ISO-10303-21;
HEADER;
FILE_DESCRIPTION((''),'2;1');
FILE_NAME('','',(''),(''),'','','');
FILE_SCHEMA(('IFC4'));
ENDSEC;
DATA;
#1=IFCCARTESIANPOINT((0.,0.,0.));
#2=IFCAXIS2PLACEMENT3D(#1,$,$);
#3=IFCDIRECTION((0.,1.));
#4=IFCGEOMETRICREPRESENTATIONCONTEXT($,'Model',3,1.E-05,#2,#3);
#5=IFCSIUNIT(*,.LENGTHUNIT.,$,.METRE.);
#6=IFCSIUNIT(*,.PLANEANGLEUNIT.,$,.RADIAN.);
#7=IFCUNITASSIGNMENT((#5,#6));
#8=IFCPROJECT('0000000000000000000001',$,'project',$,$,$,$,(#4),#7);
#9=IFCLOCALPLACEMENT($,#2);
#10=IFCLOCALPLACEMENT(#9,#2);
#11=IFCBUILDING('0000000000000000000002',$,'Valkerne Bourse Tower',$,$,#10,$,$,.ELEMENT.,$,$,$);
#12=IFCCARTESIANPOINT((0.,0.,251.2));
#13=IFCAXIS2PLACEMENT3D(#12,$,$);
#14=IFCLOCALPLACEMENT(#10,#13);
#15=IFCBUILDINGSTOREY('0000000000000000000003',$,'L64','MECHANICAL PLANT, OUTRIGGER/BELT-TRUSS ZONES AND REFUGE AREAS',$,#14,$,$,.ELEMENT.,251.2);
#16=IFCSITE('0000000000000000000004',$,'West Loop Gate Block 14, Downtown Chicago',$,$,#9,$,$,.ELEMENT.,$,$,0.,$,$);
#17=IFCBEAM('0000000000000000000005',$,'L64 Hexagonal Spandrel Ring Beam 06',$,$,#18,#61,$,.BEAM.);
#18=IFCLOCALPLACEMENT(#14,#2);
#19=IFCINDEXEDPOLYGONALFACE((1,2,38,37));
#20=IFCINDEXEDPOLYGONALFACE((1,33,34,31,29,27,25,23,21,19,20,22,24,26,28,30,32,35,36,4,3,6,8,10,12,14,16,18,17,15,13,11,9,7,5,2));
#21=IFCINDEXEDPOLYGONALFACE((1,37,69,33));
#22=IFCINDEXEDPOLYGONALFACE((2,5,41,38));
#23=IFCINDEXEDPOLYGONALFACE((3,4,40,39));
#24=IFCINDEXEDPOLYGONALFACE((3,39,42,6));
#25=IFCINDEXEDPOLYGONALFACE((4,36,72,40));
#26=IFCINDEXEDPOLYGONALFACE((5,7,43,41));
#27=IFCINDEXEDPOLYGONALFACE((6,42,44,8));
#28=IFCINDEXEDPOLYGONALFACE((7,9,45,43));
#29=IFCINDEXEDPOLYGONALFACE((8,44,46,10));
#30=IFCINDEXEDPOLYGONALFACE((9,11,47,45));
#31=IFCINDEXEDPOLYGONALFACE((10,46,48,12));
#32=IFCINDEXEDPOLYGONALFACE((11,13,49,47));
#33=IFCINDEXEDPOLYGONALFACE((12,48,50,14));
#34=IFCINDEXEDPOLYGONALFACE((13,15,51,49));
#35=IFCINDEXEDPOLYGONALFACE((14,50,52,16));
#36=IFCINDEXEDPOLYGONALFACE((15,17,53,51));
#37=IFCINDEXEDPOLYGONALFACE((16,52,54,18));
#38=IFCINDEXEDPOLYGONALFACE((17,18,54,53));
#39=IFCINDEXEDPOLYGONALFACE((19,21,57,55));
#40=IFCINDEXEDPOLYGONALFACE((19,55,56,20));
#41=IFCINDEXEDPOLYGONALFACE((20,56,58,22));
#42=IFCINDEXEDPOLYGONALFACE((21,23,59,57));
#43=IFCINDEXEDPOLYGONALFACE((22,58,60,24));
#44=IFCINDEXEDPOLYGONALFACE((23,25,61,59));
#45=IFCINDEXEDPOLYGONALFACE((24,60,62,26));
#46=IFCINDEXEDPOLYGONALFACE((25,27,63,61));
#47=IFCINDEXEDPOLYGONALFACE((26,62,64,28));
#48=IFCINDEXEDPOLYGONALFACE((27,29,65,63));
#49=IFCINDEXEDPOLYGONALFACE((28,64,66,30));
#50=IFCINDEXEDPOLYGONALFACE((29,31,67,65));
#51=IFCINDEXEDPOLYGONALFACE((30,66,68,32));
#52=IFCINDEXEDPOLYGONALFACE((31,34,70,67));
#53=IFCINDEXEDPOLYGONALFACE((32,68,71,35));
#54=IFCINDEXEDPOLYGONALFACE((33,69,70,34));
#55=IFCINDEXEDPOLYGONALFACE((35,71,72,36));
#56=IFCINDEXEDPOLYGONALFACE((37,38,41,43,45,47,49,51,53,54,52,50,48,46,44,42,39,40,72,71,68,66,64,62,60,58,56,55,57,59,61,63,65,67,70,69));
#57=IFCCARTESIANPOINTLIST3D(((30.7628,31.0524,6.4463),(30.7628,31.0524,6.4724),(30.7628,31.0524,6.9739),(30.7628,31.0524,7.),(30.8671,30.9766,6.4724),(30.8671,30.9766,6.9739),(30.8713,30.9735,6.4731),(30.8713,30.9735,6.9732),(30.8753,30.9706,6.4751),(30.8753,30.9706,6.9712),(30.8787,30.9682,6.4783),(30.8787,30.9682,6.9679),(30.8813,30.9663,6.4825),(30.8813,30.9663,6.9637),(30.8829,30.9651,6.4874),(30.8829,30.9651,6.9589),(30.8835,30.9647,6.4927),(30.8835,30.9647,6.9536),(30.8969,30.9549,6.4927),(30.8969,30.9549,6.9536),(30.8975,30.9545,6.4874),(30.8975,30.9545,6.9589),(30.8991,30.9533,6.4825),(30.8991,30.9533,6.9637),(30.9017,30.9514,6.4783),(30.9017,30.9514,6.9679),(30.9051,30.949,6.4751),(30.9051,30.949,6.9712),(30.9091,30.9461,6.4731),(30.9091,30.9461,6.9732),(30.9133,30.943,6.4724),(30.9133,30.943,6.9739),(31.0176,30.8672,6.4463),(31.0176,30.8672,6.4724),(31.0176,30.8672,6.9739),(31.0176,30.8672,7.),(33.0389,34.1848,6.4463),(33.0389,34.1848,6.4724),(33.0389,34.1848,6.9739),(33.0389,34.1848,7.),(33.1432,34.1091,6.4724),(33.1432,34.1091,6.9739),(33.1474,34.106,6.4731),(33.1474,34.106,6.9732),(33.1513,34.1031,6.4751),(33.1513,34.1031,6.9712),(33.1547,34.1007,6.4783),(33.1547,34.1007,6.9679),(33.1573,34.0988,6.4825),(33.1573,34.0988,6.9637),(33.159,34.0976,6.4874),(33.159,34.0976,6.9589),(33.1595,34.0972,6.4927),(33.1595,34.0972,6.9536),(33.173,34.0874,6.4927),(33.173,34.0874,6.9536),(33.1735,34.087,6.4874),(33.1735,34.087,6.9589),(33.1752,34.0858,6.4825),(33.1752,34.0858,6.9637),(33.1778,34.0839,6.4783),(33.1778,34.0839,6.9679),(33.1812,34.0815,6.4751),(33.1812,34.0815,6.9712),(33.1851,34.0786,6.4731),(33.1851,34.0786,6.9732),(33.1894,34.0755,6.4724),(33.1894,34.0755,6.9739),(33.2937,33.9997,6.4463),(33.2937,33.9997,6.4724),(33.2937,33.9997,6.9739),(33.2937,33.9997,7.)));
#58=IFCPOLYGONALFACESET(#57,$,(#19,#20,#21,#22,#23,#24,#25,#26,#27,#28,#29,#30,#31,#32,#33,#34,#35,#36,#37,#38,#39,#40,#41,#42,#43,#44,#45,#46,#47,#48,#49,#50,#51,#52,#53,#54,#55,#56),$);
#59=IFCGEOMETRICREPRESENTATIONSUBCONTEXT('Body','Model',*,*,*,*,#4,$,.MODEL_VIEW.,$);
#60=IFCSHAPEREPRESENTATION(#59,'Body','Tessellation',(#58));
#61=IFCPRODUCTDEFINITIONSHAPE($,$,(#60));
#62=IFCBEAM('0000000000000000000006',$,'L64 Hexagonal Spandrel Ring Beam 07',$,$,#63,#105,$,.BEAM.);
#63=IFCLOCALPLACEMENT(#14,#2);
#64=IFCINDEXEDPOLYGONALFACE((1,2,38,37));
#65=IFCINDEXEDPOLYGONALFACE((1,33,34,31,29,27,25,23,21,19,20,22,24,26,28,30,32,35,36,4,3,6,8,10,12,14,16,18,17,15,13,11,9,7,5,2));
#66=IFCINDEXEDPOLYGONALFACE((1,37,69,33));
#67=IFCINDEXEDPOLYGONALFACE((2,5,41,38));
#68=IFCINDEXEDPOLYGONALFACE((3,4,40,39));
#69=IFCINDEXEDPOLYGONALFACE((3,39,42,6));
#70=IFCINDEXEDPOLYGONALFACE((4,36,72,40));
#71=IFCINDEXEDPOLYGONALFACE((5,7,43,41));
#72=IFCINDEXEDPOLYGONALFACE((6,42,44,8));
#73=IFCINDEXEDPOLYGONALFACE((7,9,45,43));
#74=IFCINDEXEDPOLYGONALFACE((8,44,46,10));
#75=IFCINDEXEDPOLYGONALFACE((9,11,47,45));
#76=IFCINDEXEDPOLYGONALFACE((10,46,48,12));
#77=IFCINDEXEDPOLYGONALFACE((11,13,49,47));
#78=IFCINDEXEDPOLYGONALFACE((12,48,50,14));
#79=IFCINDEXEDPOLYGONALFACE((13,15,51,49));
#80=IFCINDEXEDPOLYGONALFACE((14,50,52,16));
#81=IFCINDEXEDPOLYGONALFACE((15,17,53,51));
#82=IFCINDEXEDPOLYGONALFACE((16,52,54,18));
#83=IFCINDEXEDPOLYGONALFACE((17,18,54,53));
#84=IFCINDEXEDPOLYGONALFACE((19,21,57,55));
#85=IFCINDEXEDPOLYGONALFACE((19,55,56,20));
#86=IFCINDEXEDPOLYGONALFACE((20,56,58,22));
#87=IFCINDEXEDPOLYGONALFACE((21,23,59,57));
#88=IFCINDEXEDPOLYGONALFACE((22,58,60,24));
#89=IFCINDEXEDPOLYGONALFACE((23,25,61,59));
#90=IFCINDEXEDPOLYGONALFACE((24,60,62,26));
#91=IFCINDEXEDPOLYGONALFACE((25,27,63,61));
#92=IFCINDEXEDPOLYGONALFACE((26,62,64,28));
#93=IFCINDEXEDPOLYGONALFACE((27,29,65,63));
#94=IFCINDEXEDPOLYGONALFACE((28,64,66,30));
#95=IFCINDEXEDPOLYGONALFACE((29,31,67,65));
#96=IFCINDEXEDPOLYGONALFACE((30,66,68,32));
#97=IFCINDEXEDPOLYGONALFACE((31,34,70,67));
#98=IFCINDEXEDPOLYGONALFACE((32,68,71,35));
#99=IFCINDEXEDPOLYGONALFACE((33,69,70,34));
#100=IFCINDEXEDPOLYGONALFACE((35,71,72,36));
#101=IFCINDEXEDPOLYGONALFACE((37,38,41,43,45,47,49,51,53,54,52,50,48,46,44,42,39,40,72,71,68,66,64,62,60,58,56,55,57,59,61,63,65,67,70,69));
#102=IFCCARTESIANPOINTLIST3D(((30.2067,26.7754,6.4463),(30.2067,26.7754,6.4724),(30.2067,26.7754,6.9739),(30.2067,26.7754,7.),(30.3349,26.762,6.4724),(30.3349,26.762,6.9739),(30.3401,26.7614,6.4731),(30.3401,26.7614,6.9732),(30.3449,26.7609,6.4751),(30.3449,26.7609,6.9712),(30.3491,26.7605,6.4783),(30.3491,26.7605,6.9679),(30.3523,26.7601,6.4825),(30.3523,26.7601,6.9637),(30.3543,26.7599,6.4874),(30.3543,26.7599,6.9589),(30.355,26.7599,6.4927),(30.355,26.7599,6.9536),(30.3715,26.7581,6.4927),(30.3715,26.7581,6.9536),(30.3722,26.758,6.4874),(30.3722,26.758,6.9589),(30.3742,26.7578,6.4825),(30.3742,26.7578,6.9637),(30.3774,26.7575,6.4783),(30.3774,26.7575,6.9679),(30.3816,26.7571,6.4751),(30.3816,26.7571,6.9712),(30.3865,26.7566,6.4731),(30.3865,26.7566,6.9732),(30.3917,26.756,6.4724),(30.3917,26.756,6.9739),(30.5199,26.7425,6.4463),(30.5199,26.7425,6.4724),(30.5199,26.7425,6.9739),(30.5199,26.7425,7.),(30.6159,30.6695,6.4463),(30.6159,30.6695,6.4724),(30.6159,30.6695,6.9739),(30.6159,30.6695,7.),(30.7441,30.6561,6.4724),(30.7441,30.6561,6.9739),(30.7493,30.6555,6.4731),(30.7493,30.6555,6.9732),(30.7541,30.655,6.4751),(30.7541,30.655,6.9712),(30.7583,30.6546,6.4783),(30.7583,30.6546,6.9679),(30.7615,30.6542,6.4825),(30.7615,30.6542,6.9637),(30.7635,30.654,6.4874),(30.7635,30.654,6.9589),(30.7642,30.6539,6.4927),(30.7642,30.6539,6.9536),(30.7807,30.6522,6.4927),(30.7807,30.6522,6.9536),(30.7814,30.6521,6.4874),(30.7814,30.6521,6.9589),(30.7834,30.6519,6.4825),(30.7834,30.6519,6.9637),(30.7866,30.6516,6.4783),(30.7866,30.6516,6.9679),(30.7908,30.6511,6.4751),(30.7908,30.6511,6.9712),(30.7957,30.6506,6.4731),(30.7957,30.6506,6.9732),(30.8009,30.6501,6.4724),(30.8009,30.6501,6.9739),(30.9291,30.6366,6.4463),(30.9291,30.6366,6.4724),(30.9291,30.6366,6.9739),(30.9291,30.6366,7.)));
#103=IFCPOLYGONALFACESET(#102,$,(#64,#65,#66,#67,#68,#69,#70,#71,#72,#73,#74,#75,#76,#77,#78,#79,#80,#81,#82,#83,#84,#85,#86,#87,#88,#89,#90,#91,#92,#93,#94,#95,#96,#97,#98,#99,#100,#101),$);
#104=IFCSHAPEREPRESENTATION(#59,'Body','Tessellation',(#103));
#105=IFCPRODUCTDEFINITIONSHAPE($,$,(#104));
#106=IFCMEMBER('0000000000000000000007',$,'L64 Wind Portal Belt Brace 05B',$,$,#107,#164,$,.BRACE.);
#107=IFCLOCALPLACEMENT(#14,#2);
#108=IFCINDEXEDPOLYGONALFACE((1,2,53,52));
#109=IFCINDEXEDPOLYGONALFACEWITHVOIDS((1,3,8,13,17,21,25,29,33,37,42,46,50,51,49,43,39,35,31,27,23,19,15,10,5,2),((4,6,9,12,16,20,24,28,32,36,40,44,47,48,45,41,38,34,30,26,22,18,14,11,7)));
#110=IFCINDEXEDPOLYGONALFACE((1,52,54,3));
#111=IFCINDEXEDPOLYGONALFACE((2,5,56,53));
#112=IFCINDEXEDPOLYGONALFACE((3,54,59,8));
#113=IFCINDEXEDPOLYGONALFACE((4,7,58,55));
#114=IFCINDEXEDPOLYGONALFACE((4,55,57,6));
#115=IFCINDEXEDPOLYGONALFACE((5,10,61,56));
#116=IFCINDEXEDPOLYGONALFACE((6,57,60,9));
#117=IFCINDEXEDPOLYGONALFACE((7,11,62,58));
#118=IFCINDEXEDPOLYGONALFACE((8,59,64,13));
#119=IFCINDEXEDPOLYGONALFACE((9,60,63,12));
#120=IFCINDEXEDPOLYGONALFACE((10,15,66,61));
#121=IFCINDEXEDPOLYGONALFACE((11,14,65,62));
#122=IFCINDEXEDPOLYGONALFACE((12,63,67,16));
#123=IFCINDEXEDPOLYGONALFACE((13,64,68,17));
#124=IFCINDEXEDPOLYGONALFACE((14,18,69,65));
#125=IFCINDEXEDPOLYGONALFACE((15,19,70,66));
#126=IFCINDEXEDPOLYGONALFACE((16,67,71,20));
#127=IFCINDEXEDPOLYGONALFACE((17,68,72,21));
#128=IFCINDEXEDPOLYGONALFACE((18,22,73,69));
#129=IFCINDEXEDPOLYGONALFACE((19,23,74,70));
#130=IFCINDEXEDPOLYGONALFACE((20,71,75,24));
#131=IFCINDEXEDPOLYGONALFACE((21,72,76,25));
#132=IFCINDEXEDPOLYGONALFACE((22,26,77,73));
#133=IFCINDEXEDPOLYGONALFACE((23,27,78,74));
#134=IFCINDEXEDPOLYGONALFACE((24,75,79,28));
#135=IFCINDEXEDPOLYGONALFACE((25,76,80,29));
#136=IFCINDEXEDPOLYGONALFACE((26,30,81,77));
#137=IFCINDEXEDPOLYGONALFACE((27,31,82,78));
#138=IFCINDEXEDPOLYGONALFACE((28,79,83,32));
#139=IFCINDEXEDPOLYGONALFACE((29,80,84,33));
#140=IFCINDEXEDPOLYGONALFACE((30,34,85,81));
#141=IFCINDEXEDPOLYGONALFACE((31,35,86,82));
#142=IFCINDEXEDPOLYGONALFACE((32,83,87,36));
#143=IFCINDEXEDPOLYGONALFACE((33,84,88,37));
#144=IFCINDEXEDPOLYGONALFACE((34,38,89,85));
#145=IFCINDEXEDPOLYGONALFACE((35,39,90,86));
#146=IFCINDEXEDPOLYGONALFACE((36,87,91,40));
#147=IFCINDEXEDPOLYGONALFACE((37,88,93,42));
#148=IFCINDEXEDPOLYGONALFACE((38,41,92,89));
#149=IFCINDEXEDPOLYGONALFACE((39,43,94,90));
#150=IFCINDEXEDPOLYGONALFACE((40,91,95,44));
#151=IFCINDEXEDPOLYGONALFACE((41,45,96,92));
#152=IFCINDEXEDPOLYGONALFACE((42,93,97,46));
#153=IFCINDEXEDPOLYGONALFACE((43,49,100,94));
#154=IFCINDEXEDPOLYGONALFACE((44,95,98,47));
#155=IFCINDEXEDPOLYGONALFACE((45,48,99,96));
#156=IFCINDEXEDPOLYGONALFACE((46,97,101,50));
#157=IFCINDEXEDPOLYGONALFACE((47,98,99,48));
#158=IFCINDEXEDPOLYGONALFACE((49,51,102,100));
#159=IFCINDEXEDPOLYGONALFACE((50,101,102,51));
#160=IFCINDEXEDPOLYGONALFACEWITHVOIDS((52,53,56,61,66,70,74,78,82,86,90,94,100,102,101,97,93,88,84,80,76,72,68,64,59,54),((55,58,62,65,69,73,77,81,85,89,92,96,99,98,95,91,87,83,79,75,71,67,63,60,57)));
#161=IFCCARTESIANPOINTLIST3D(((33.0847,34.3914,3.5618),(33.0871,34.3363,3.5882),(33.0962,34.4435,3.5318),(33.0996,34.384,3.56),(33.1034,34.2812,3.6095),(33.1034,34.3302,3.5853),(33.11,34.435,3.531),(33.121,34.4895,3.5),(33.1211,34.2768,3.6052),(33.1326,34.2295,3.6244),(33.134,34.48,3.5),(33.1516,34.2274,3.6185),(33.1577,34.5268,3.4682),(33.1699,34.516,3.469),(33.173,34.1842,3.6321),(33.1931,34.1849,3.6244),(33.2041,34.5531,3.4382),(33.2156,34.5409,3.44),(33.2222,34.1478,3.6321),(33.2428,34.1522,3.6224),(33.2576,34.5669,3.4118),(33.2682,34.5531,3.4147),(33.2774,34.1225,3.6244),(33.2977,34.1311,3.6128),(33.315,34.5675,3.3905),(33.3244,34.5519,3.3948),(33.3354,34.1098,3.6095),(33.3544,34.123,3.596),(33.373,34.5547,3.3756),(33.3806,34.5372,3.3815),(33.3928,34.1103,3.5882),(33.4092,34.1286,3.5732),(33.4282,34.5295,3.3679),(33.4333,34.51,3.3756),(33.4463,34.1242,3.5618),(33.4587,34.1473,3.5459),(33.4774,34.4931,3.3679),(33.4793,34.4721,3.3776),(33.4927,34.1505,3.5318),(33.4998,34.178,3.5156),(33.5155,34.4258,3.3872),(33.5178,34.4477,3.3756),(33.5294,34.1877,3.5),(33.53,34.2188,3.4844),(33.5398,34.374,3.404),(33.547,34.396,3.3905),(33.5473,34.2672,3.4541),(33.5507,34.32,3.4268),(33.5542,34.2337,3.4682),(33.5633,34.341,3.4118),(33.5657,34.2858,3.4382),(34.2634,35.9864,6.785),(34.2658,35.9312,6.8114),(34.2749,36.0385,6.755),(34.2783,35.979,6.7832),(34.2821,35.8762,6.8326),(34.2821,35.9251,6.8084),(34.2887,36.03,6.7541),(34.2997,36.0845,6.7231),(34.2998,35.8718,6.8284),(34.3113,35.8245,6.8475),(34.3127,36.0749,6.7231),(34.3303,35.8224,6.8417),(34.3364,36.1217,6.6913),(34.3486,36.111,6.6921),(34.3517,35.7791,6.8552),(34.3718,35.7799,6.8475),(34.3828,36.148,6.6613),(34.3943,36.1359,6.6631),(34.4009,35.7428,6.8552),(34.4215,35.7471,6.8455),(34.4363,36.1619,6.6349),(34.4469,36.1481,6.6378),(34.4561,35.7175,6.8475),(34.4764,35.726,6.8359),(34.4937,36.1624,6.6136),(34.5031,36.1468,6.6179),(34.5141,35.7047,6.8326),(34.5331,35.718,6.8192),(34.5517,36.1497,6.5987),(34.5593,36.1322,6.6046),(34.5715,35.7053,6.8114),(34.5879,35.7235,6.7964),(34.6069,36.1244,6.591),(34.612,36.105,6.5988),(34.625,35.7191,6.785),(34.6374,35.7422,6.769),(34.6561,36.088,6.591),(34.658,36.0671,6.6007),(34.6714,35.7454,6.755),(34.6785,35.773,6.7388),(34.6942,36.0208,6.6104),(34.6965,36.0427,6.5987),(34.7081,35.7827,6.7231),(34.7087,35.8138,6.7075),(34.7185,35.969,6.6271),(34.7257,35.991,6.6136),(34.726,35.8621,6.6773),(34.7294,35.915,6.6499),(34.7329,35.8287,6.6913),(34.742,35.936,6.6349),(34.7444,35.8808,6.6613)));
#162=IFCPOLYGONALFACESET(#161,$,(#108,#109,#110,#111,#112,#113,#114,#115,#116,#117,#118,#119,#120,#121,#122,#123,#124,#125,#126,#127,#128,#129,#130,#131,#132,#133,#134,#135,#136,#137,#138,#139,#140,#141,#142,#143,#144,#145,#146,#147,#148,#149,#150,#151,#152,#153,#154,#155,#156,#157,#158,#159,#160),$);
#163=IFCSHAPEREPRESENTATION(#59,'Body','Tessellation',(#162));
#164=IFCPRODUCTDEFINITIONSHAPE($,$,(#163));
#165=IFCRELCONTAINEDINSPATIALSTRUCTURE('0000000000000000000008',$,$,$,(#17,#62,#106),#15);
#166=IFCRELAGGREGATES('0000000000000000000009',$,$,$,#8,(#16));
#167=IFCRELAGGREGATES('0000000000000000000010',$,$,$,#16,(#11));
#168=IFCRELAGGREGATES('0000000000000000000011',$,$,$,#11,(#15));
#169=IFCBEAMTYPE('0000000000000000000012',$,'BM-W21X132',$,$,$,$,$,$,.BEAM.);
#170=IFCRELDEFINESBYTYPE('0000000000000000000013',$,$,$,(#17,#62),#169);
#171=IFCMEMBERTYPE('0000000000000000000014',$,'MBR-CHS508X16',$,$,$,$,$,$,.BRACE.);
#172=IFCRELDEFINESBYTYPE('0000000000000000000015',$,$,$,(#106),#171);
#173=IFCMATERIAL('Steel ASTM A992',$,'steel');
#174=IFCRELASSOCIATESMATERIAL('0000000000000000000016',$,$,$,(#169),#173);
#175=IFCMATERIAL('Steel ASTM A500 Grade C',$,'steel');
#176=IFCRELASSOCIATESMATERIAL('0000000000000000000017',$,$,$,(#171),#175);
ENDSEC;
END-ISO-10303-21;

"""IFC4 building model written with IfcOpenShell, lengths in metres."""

from ifc_helpers import new_model, si_unit, direction, frame, origin, origin_2d, place, context, subcontext, project, spatial, hollow_circle, i_section, extrude, material, material_profile, profile_set, type_object, element, save


model = new_model("IFC4")

# Units and contexts
model_context = context("Model", 3, precision=1e-05, world=origin(), true_north=direction((0.0, 1.0)))
body_context = subcontext(model_context, "Body", "Model", "MODEL_VIEW")
ifc_project = project(units=[si_unit("LENGTHUNIT", "METRE"), si_unit("PLANEANGLEUNIT", "RADIAN")], contexts=[model_context])

# Site, building, storey
site_placement = place(None, origin())
site = spatial("IfcSite", under=ifc_project, at=site_placement, Name="West Loop Gate Block 14, Downtown Chicago", CompositionType="ELEMENT", RefElevation=0.0)
building_placement = place(site_placement, origin())
building = spatial("IfcBuilding", under=site, at=building_placement, Name="Valkerne Bourse Tower", CompositionType="ELEMENT")
storey_placement = place(building_placement, frame((0.0, 0.0, 251.2)))
storey = spatial("IfcBuildingStorey", under=building, at=storey_placement, Name="L64", Description="MECHANICAL PLANT, OUTRIGGER/BELT-TRUSS ZONES AND REFUGE AREAS", CompositionType="ELEMENT", Elevation=251.2)

# Beams
ifc_material_1 = material(Name="Steel ASTM A992", Category="steel")
ifc_material_profile_1 = material_profile(ifc_material_1, i_section(OverallWidth=0.3149, OverallDepth=0.5537, WebThickness=0.0166, FlangeThickness=0.0261, FilletRadius=0.0203, at=origin_2d()), Name="W21X132")
ifc_profile_set_1 = profile_set([ifc_material_profile_1], Name="Steel ASTM A992")
beam_type_1 = type_object("IfcBeamType", Name="BM-W21X132", PredefinedType="BEAM", material=ifc_profile_set_1)
beam_1_placement = place(storey_placement, frame((33.1663, 34.0923, 6.7231), z_axis=(-0.587815, -0.808995, 0.0), x_axis=(0.808995, -0.587815, 0.0)))
element("IfcBeam", 1, at=beam_1_placement, inside=storey, type_object=beam_type_1, Name="L64 Hexagonal Spandrel Ring Beam 06", PredefinedType="BEAM", context=body_context, shape_type="SweptSolid", body=[
    extrude(i_section(OverallWidth=0.3149, OverallDepth=0.5537, WebThickness=0.0166, FlangeThickness=0.0261, FilletRadius=0.0203, at=origin_2d()), origin(), (0.0, 0.0, 1.0), 3.8721),
])
beam_2_placement = place(storey_placement, frame((30.7725, 30.6531, 6.7231), z_axis=(-0.104503, -0.994525, 0.0), x_axis=(0.994525, -0.104503, 0.0)))
element("IfcBeam", 2, at=beam_2_placement, inside=storey, type_object=beam_type_1, Name="L64 Hexagonal Spandrel Ring Beam 07", PredefinedType="BEAM", context=body_context, shape_type="SweptSolid", body=[
    extrude(i_section(OverallWidth=0.3149, OverallDepth=0.5537, WebThickness=0.0166, FlangeThickness=0.0261, FilletRadius=0.0203, at=origin_2d()), origin(), (0.0, 0.0, 1.0), 3.9155),
])

# Member
ifc_material_2 = material(Name="Steel ASTM A500 Grade C", Category="steel")
ifc_material_profile_2 = material_profile(ifc_material_2, hollow_circle(Radius=0.2539, WallThickness=0.0161, at=origin_2d()), Name="CHS508X16")
ifc_profile_set_2 = profile_set([ifc_material_profile_2], Name="Steel ASTM A500 Grade C")
member_type_1 = type_object("IfcMemberType", Name="MBR-CHS508X16", PredefinedType="BRACE", material=ifc_profile_set_2)
member_1_placement = place(storey_placement, frame((33.3252, 34.3386, 3.5), z_axis=(0.311463, 0.421455, 0.851684), x_axis=(-0.80422, 0.594332, 0.0)))
element("IfcMember", 3, at=member_1_placement, inside=storey, type_object=member_type_1, Name="L64 Wind Portal Belt Brace 05B", PredefinedType="BRACE", context=body_context, shape_type="SweptSolid", body=[
    extrude(hollow_circle(Radius=0.2539, WallThickness=0.0161, at=origin_2d()), origin(), (0.0, 0.0, 1.0), 3.7844),
])

save(model, "model.ifc")
